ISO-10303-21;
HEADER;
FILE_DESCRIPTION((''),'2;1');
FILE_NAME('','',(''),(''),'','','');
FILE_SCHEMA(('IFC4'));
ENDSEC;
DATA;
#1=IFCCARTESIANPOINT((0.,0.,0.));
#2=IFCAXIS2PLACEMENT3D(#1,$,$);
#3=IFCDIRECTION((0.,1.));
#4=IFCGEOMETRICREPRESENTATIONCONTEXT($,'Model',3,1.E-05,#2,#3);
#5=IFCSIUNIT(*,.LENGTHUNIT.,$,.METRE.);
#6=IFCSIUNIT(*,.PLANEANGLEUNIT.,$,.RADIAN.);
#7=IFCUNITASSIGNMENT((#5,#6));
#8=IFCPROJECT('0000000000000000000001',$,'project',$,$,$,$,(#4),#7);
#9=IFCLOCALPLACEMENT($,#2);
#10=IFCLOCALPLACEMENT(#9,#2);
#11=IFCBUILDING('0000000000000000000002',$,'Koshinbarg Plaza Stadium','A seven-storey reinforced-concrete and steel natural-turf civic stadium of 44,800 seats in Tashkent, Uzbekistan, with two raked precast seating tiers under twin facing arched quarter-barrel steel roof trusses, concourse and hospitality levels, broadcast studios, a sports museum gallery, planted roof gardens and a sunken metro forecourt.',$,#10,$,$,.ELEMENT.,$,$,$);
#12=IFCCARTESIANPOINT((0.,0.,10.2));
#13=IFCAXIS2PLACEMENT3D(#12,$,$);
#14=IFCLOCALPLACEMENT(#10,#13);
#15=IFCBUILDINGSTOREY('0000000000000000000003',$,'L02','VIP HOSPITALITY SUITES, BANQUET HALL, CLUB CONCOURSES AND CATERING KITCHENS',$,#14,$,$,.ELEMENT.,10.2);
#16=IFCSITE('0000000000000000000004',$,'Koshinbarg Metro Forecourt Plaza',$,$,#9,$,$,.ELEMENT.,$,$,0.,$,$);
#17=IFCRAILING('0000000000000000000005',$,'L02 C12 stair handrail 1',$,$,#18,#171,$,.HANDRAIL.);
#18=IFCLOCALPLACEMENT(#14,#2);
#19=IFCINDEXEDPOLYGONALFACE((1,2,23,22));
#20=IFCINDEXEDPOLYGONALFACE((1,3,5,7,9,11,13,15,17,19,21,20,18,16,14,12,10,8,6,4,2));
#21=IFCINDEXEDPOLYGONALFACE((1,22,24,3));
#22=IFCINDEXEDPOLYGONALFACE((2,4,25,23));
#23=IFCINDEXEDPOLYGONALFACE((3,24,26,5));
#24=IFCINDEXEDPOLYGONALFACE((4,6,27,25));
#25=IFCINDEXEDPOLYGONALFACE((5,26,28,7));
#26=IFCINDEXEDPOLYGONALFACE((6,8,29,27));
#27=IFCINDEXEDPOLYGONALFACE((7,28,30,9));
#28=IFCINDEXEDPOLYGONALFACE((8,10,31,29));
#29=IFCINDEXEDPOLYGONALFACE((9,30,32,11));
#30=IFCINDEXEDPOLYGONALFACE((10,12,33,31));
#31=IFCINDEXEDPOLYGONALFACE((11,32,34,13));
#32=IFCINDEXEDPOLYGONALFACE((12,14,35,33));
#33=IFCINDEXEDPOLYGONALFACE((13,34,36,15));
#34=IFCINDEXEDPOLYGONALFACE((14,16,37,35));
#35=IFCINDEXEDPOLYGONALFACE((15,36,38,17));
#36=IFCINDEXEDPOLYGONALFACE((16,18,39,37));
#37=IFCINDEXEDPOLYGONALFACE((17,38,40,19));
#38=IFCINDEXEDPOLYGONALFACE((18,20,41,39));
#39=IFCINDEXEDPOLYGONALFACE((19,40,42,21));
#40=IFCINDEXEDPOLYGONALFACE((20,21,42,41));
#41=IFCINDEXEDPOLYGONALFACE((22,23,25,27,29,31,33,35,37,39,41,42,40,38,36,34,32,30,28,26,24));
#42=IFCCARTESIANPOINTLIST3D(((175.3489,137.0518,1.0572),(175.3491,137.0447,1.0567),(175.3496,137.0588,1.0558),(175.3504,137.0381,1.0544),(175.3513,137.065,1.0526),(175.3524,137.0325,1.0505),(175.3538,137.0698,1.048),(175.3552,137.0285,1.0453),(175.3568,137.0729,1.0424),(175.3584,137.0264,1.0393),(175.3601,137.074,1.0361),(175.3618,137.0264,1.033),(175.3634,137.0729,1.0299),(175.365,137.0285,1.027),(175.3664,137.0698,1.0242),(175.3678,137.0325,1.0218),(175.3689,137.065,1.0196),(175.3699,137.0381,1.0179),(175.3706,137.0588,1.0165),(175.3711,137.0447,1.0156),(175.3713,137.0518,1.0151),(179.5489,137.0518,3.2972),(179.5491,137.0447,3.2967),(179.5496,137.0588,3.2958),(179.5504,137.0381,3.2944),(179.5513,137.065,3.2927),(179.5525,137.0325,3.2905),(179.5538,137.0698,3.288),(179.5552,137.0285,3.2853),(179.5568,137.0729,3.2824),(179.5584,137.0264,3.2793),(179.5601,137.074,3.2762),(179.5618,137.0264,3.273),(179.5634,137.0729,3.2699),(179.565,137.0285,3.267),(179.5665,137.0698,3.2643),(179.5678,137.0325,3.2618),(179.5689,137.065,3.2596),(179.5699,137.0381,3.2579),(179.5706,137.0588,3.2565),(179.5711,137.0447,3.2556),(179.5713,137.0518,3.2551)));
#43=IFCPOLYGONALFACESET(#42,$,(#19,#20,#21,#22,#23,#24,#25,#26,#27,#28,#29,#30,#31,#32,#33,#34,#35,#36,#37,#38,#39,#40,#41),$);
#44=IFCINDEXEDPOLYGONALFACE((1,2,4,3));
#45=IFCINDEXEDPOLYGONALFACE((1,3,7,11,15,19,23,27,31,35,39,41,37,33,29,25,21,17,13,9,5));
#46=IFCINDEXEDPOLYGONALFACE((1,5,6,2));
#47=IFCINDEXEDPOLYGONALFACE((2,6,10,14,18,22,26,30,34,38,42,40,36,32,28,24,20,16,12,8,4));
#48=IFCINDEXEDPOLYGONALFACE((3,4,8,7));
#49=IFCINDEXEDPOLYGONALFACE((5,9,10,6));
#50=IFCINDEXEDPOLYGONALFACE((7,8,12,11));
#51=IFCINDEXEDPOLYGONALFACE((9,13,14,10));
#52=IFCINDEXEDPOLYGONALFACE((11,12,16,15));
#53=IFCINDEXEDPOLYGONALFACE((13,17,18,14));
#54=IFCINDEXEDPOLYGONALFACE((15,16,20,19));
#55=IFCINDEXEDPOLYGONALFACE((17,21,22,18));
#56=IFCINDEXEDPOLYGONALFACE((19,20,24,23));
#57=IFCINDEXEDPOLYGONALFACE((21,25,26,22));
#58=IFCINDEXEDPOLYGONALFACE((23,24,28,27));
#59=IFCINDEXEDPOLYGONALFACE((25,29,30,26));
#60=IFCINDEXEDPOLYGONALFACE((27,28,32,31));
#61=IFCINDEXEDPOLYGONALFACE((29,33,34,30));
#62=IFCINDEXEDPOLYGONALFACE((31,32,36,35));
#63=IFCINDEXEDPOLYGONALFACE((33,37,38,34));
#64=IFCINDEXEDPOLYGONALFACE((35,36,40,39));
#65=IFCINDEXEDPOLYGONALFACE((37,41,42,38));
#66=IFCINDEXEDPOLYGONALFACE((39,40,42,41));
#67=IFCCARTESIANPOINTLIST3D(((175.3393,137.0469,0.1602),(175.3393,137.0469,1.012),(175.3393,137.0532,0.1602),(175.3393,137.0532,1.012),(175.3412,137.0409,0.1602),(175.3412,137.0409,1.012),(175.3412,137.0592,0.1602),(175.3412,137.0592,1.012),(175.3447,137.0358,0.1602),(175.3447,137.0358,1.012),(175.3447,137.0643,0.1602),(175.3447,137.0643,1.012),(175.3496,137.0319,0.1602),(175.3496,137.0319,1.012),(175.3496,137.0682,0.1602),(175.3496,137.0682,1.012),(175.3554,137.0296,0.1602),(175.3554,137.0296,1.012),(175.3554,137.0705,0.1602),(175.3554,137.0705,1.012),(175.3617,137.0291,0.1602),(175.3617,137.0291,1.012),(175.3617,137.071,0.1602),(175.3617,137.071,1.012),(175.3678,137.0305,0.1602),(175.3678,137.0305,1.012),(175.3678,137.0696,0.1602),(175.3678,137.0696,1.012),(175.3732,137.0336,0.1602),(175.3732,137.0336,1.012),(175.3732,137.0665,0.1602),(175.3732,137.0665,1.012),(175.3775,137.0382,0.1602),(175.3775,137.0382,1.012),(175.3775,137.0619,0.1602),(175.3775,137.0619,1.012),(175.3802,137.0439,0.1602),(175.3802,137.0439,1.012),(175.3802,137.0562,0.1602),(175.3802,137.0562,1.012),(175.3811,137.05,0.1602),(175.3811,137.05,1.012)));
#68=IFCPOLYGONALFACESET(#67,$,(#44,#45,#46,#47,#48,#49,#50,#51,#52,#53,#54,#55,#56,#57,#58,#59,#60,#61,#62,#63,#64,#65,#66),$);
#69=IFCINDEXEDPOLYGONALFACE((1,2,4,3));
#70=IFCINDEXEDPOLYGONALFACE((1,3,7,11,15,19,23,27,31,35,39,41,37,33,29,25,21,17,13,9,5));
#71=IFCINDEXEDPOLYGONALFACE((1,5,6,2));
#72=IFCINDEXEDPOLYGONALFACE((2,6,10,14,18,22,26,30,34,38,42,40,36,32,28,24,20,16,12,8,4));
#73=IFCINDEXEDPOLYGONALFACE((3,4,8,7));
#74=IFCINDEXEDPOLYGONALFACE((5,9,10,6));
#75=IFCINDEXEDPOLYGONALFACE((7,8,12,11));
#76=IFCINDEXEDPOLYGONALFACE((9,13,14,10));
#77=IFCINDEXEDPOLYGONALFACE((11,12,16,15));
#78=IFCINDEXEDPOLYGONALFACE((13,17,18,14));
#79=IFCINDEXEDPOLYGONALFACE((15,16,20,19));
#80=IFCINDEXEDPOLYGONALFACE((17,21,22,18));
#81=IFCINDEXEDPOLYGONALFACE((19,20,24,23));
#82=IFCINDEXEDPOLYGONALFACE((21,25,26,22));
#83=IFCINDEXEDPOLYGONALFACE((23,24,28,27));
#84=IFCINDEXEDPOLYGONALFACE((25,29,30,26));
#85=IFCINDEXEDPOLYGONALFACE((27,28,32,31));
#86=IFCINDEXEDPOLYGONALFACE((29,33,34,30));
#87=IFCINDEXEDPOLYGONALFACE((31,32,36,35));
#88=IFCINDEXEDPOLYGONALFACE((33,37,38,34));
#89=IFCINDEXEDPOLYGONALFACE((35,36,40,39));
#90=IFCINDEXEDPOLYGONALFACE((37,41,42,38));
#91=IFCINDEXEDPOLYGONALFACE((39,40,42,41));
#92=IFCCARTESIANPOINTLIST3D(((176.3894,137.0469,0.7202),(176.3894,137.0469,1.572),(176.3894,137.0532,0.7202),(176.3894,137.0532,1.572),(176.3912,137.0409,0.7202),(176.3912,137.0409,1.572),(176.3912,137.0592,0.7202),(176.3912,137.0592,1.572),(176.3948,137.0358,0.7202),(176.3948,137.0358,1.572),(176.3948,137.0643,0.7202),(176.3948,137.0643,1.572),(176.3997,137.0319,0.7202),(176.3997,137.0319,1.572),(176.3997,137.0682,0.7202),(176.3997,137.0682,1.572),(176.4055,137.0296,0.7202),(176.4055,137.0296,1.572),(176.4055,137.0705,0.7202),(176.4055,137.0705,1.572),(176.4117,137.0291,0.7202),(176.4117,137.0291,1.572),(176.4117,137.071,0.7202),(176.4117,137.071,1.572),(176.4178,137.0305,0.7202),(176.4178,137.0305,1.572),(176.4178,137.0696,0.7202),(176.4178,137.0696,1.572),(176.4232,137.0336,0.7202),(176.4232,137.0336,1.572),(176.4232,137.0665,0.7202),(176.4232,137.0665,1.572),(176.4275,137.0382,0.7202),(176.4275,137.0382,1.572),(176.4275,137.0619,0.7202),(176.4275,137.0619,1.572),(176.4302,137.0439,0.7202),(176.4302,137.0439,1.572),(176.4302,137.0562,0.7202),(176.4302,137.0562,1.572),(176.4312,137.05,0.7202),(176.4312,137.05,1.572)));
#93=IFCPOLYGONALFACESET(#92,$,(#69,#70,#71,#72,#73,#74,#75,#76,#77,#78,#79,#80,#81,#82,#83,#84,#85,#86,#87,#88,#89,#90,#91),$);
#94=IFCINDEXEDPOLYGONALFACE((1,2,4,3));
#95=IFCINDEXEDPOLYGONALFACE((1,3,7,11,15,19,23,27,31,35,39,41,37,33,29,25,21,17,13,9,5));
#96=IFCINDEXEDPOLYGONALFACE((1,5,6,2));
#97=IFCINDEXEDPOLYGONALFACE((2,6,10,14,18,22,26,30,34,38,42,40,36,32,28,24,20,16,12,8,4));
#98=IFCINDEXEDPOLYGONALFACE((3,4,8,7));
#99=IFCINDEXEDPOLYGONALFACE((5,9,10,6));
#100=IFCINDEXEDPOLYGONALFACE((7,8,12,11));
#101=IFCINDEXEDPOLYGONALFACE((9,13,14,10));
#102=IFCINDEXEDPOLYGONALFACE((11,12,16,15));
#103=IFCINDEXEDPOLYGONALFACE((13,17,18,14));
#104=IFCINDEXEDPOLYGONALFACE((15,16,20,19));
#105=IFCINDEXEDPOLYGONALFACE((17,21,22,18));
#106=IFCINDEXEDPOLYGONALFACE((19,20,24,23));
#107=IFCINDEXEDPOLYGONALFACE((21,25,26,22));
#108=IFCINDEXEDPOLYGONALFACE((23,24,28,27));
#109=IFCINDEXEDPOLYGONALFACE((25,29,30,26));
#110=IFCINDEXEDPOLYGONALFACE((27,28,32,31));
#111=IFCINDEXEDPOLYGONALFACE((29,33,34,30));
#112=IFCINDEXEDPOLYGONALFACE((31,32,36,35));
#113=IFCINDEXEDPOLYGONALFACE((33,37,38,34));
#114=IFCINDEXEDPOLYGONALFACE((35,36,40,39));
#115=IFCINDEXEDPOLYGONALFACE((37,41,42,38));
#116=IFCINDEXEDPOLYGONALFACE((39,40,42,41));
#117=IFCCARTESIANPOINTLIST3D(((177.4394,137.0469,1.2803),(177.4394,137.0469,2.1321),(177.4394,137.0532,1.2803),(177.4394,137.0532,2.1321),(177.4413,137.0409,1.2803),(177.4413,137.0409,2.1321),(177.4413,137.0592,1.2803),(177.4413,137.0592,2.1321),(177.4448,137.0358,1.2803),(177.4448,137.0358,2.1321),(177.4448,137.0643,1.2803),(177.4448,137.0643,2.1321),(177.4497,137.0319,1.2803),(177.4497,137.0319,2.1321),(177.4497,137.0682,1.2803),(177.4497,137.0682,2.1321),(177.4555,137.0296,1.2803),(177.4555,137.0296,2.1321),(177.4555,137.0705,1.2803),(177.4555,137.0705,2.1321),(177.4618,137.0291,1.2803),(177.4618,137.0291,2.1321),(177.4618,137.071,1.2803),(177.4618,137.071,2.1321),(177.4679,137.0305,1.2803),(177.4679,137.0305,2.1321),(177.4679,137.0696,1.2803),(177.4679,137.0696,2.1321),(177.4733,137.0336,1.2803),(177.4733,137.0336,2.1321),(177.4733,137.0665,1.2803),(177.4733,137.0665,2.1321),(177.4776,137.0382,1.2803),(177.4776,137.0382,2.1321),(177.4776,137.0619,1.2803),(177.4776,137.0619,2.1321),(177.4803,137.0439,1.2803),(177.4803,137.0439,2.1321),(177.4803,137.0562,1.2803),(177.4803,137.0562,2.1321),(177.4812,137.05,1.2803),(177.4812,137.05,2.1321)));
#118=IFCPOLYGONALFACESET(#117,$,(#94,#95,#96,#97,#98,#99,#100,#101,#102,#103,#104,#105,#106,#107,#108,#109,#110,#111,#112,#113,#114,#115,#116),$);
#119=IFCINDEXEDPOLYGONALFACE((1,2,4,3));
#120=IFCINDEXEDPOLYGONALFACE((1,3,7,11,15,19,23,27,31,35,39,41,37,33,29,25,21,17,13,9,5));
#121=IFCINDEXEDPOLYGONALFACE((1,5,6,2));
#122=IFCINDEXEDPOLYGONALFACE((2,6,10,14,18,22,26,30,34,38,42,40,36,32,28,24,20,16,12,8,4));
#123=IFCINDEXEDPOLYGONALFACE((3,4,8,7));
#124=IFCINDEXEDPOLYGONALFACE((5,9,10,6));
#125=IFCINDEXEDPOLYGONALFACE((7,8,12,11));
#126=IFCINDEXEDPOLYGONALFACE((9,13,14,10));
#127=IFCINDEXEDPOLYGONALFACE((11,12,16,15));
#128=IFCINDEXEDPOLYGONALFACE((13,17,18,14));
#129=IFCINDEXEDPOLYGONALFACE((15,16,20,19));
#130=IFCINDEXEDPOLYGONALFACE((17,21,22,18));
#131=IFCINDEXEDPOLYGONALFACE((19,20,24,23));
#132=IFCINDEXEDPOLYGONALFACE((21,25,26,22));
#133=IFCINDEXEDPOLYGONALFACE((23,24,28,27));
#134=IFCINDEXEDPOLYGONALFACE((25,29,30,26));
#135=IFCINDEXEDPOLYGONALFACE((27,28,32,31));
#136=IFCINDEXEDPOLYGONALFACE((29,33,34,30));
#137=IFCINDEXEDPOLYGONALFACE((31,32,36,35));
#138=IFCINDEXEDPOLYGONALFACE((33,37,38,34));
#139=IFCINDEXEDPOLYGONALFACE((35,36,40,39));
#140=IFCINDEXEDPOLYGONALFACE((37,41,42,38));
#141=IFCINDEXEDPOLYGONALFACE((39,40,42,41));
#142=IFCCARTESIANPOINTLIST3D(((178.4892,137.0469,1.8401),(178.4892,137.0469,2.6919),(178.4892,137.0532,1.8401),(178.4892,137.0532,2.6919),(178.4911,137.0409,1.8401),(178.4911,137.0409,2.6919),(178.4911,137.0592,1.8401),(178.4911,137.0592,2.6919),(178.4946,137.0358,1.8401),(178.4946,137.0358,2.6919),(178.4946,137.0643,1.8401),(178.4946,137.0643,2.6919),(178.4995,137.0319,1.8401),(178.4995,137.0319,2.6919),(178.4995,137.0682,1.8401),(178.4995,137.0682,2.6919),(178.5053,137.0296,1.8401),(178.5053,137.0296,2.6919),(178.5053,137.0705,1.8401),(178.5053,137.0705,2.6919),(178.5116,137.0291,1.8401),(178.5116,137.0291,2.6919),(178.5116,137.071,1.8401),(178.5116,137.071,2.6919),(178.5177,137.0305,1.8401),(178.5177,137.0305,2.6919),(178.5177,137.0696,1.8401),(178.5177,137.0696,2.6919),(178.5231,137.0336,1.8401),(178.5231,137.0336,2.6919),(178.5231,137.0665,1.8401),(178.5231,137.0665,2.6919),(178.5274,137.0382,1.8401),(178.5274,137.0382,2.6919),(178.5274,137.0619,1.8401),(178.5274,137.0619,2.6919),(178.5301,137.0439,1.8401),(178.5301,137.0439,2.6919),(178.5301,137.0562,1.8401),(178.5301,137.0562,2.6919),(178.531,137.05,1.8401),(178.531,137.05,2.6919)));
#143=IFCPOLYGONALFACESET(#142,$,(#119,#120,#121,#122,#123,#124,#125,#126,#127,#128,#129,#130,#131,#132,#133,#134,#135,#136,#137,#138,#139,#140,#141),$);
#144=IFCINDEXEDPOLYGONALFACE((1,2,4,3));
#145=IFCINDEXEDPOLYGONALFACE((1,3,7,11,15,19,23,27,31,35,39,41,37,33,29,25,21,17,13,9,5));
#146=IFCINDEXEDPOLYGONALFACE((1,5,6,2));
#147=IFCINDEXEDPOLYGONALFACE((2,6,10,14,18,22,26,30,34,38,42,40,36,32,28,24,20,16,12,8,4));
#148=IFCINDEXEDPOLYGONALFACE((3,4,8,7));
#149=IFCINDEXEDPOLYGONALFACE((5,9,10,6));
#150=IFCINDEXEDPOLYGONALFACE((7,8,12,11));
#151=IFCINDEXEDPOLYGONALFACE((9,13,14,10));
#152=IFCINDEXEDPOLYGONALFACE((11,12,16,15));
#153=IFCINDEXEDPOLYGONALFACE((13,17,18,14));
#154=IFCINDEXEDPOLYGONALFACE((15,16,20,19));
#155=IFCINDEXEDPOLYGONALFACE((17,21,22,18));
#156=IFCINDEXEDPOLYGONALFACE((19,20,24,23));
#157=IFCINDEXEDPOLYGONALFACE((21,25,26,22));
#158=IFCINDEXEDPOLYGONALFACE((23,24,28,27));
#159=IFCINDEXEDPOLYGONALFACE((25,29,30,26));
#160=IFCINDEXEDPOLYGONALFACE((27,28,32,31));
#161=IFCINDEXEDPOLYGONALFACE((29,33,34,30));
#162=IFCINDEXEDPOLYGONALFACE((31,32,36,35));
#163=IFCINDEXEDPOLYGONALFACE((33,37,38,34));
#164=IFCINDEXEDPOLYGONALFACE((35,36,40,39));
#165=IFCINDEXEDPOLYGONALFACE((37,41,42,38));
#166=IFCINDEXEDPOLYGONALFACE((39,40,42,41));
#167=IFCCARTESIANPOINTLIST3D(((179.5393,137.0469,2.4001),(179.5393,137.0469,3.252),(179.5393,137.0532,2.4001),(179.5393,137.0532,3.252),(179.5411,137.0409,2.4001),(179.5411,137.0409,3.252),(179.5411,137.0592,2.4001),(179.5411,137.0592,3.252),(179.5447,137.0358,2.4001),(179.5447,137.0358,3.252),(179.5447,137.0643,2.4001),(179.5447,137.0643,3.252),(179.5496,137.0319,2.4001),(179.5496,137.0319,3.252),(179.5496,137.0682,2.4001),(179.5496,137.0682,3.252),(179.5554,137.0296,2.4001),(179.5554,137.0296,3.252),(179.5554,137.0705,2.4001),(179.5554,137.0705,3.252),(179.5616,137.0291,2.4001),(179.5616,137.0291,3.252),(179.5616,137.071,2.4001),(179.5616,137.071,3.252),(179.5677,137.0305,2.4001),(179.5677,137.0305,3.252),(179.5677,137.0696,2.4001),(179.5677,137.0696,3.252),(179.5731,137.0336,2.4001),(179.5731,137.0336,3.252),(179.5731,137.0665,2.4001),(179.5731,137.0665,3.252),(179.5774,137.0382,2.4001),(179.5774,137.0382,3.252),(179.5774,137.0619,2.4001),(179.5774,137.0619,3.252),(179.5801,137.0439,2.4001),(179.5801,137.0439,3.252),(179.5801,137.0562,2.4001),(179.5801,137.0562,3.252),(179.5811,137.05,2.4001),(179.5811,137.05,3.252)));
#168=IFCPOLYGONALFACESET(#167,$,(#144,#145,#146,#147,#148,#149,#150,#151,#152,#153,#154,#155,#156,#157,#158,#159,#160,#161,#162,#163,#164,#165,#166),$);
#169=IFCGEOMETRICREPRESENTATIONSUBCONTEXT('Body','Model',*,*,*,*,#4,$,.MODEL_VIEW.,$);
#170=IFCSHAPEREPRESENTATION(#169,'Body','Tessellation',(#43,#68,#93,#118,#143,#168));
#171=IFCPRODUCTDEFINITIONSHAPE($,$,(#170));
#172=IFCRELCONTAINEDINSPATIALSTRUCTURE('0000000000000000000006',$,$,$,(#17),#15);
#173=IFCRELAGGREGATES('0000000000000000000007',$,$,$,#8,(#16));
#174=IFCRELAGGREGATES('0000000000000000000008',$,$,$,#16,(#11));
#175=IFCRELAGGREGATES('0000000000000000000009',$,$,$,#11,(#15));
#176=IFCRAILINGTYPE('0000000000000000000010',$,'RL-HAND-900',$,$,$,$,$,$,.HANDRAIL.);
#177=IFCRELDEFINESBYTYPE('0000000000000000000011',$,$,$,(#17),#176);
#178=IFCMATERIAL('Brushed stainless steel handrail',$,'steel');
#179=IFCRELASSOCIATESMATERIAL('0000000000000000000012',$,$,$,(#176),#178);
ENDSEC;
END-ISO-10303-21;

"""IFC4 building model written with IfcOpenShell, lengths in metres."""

from ifc_helpers import new_model, si_unit, direction, frame, origin, origin_2d, place, context, subcontext, project, spatial, circle, extrude, material, type_object, element, save


model = new_model("IFC4")

# Units and contexts
model_context = context("Model", 3, precision=1e-05, world=origin(), true_north=direction((0.0, 1.0)))
body_context = subcontext(model_context, "Body", "Model", "MODEL_VIEW")
ifc_project = project(units=[si_unit("LENGTHUNIT", "METRE"), si_unit("PLANEANGLEUNIT", "RADIAN")], contexts=[model_context])

# Site, building, storey
site_placement = place(None, origin())
site = spatial("IfcSite", under=ifc_project, at=site_placement, Name="Koshinbarg Metro Forecourt Plaza", CompositionType="ELEMENT", RefElevation=0.0)
building_placement = place(site_placement, origin())
building = spatial("IfcBuilding", under=site, at=building_placement, Name="Koshinbarg Plaza Stadium", Description="A seven-storey reinforced-concrete and steel natural-turf civic stadium of 44,800 seats in Tashkent, Uzbekistan, with two raked precast seating tiers under twin facing arched quarter-barrel steel roof trusses, concourse and hospitality levels, broadcast studios, a sports museum gallery, planted roof gardens and a sunken metro forecourt.", CompositionType="ELEMENT")
storey_placement = place(building_placement, frame((0.0, 0.0, 10.2)))
storey = spatial("IfcBuildingStorey", under=building, at=storey_placement, Name="L02", Description="VIP HOSPITALITY SUITES, BANQUET HALL, CLUB CONCOURSES AND CATERING KITCHENS", CompositionType="ELEMENT", Elevation=10.2)

# Railing
ifc_material_1 = material(Name="Brushed stainless steel handrail", Category="steel")
railing_type_1 = type_object("IfcRailingType", Name="RL-HAND-900", PredefinedType="HANDRAIL", material=ifc_material_1)
railing_1_placement = place(storey_placement, frame((175.3601, 137.05, 0.1602)))
element("IfcRailing", 1, at=railing_1_placement, inside=storey, type_object=railing_type_1, Name="L02 C12 stair handrail 1", PredefinedType="HANDRAIL", context=body_context, shape_type="SweptSolid", body=[
    extrude(circle(Radius=0.0239, at=origin_2d()), frame((0.0, 0.0, 0.876), z_axis=(0.882352, 0.0, 0.470591), x_axis=(0.0, 1.0, 0.0)), (0.0, 0.0, 1.0), 4.76),
    extrude(circle(Radius=0.021, at=origin_2d()), origin(), (0.0, 0.0, 1.0), 0.8518),
    extrude(circle(Radius=0.021, at=origin_2d()), frame((1.05, 0.0, 0.5601)), (0.0, 0.0, 1.0), 0.8518),
    extrude(circle(Radius=0.021, at=origin_2d()), frame((2.1001, 0.0, 1.1201)), (0.0, 0.0, 1.0), 0.8518),
    extrude(circle(Radius=0.021, at=origin_2d()), frame((3.1499, 0.0, 1.6799)), (0.0, 0.0, 1.0), 0.8518),
    extrude(circle(Radius=0.021, at=origin_2d()), frame((4.2, 0.0, 2.24)), (0.0, 0.0, 1.0), 0.8518),
])

save(model, "model.ifc")
